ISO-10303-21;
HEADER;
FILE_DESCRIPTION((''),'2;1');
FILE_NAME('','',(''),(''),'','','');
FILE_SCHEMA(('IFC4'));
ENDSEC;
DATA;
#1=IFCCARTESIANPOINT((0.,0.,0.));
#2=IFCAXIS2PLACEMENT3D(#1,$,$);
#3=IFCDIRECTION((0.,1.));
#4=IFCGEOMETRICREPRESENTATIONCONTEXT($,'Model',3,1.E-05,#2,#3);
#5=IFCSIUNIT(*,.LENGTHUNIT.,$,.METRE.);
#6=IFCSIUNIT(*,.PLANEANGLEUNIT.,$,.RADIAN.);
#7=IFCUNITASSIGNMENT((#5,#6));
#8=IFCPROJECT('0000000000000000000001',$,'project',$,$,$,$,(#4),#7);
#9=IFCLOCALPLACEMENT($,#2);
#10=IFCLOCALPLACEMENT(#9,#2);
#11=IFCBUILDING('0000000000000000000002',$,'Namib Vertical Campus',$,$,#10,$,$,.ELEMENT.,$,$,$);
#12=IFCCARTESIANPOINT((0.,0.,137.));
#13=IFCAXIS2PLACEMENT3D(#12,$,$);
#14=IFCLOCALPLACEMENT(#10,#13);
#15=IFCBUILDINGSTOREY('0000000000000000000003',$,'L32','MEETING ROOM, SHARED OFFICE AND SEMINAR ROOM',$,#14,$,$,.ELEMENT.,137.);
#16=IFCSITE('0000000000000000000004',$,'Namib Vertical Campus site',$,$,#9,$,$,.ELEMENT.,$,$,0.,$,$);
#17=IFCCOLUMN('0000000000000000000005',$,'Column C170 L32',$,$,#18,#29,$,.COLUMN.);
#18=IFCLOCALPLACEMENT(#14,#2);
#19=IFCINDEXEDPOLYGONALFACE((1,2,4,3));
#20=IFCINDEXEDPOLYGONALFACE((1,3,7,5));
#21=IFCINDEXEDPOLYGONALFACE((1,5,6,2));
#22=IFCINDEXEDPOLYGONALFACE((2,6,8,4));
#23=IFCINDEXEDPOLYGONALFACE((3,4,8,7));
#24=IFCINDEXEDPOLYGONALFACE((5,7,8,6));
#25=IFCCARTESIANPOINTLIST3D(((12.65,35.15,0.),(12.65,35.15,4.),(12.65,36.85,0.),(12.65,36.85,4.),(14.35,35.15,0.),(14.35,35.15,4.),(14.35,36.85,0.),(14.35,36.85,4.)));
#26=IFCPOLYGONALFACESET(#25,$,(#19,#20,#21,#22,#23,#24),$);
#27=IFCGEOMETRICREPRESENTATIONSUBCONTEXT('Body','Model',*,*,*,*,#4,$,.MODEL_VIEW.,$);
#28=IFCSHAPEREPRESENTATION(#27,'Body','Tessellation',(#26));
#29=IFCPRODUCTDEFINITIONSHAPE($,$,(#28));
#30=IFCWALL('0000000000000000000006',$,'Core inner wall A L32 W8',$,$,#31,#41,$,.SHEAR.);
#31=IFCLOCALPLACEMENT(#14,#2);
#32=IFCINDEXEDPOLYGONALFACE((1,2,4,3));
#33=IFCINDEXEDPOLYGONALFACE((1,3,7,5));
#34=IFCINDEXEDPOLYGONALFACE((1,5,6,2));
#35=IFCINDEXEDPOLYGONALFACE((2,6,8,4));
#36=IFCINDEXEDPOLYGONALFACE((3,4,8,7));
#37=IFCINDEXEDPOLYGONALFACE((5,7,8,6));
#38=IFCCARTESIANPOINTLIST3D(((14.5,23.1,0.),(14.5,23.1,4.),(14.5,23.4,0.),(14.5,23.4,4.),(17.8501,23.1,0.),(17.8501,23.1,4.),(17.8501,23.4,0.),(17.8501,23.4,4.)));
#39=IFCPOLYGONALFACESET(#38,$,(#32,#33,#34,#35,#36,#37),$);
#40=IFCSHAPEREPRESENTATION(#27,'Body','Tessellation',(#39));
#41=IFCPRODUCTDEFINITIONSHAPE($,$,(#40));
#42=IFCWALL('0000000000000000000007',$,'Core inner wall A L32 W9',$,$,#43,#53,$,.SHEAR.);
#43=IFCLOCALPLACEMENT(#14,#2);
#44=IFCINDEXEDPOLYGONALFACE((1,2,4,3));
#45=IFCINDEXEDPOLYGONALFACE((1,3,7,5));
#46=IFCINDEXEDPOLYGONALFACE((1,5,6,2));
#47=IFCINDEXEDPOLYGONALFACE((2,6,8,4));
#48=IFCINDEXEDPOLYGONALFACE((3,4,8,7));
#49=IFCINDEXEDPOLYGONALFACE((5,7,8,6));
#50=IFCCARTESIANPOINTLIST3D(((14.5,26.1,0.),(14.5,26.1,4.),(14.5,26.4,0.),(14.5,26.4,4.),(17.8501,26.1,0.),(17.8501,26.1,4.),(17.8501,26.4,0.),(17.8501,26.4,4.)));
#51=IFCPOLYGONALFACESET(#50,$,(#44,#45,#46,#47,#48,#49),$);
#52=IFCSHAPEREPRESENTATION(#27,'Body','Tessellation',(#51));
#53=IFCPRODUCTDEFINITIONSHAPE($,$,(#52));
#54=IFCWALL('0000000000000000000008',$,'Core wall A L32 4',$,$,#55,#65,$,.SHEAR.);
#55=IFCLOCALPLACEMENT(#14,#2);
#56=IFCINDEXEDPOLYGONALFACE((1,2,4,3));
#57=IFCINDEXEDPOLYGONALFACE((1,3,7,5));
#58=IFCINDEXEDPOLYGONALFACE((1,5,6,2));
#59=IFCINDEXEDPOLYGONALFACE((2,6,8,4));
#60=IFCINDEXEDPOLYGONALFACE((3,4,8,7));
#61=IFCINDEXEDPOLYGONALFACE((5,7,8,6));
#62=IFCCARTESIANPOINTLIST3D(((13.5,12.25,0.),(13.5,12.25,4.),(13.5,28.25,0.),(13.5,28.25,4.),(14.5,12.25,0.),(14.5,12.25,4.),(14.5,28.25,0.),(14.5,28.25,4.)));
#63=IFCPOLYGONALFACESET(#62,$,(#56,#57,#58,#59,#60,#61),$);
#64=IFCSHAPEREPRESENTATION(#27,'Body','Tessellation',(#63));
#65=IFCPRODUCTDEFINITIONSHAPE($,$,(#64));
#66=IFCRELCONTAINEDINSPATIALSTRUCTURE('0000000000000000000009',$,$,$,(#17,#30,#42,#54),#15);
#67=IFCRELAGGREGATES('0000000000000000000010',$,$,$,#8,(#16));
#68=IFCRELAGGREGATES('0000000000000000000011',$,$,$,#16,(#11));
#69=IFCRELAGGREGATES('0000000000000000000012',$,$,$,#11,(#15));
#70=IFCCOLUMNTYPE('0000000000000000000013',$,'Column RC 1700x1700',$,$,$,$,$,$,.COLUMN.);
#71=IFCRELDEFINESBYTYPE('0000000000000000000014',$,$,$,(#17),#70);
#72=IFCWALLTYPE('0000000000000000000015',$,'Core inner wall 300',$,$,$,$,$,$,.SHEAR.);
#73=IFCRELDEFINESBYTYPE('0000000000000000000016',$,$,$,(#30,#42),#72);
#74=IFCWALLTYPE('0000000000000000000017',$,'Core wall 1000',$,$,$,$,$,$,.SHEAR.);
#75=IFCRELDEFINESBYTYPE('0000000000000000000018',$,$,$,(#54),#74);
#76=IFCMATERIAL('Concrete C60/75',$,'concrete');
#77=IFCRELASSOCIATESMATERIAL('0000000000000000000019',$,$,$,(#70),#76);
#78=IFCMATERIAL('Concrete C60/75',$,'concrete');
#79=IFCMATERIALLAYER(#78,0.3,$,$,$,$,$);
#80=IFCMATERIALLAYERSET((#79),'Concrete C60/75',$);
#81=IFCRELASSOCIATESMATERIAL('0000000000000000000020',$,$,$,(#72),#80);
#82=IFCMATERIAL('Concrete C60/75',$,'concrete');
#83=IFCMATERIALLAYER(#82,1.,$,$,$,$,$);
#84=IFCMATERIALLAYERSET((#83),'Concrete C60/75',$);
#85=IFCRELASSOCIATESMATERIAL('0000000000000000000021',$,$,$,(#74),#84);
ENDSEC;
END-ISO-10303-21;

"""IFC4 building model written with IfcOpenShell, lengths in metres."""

from ifc_helpers import new_model, si_unit, direction, frame, frame_2d, origin, origin_2d, place, context, subcontext, project, spatial, rectangle, extrude, material, layer, layer_set, material_profile, profile_set, type_object, element, save


model = new_model("IFC4")

# Units and contexts
model_context = context("Model", 3, precision=1e-05, world=origin(), true_north=direction((0.0, 1.0)))
body_context = subcontext(model_context, "Body", "Model", "MODEL_VIEW")
ifc_project = project(units=[si_unit("LENGTHUNIT", "METRE"), si_unit("PLANEANGLEUNIT", "RADIAN")], contexts=[model_context])

# Site, building, storey
site_placement = place(None, origin())
site = spatial("IfcSite", under=ifc_project, at=site_placement, Name="Namib Vertical Campus site", CompositionType="ELEMENT", RefElevation=0.0)
building_placement = place(site_placement, origin())
building = spatial("IfcBuilding", under=site, at=building_placement, Name="Namib Vertical Campus", CompositionType="ELEMENT")
storey_placement = place(building_placement, frame((0.0, 0.0, 137.0)))
storey = spatial("IfcBuildingStorey", under=building, at=storey_placement, Name="L32", Description="MEETING ROOM, SHARED OFFICE AND SEMINAR ROOM", CompositionType="ELEMENT", Elevation=137.0)

# Column
ifc_material_1 = material(Name="Concrete C60/75", Category="concrete")
ifc_material_profile = material_profile(ifc_material_1, rectangle(XDim=1.7, YDim=1.7, at=origin_2d()))
ifc_profile_set = profile_set([ifc_material_profile], Name="Concrete C60/75")
column_type = type_object("IfcColumnType", Name="Column RC 1700x1700", PredefinedType="COLUMN", material=ifc_profile_set)
column_placement = place(storey_placement, frame((13.5, 36.0, 0.0), z_axis=(0.0, 0.0, 1.0), x_axis=(1.0, 0.0, 0.0)))
element("IfcColumn", 1, at=column_placement, inside=storey, type_object=column_type, Name="Column C170 L32", PredefinedType="COLUMN", context=body_context, shape_type="SweptSolid", body=[
    extrude(rectangle(XDim=1.7, YDim=1.7, at=origin_2d()), origin(), (0.0, 0.0, 1.0), 4.0),
])

# Walls
ifc_material_2 = material(Name="Concrete C60/75", Category="concrete")
ifc_layer_1 = layer(ifc_material_2, 0.3)
ifc_layer_set_1 = layer_set([ifc_layer_1], Name="Concrete C60/75")
wall_type_1 = type_object("IfcWallType", Name="Core inner wall 300", PredefinedType="SHEAR", material=ifc_layer_set_1)
for number, where, z_axis, x_axis, name in (
    (2, (14.5, 23.25, 0.0), (0.0, 0.0, 1.0), (1.0, 0.0, 0.0), "Core inner wall A L32 W8"),
    (3, (14.5, 26.25, 0.0), (0.0, 0.0, 1.0), (1.0, 0.0, 0.0), "Core inner wall A L32 W9"),
):
    element("IfcWall", number, at=place(storey_placement, frame(where, z_axis=z_axis, x_axis=x_axis)), inside=storey, type_object=wall_type_1, Name=name, PredefinedType="SHEAR", context=body_context, shape_type="SweptSolid", body=[
        extrude(rectangle(XDim=3.3501, YDim=0.3, at=frame_2d((1.675, 0.0))), origin(), (0.0, 0.0, 1.0), 4.0),
    ])
ifc_material_3 = material(Name="Concrete C60/75", Category="concrete")
ifc_layer_2 = layer(ifc_material_3, 1.0)
ifc_layer_set_2 = layer_set([ifc_layer_2], Name="Concrete C60/75")
wall_type_2 = type_object("IfcWallType", Name="Core wall 1000", PredefinedType="SHEAR", material=ifc_layer_set_2)
wall_1_placement = place(storey_placement, frame((14.0, 28.25, 0.0), z_axis=(0.0, 0.0, 1.0), x_axis=(0.0, -1.0, 0.0)))
element("IfcWall", 4, at=wall_1_placement, inside=storey, type_object=wall_type_2, Name="Core wall A L32 4", PredefinedType="SHEAR", context=body_context, shape_type="SweptSolid", body=[
    extrude(rectangle(XDim=16.0, YDim=1.0, at=frame_2d((8.0, 0.0))), origin(), (0.0, 0.0, 1.0), 4.0),
])

save(model, "model.ifc")
